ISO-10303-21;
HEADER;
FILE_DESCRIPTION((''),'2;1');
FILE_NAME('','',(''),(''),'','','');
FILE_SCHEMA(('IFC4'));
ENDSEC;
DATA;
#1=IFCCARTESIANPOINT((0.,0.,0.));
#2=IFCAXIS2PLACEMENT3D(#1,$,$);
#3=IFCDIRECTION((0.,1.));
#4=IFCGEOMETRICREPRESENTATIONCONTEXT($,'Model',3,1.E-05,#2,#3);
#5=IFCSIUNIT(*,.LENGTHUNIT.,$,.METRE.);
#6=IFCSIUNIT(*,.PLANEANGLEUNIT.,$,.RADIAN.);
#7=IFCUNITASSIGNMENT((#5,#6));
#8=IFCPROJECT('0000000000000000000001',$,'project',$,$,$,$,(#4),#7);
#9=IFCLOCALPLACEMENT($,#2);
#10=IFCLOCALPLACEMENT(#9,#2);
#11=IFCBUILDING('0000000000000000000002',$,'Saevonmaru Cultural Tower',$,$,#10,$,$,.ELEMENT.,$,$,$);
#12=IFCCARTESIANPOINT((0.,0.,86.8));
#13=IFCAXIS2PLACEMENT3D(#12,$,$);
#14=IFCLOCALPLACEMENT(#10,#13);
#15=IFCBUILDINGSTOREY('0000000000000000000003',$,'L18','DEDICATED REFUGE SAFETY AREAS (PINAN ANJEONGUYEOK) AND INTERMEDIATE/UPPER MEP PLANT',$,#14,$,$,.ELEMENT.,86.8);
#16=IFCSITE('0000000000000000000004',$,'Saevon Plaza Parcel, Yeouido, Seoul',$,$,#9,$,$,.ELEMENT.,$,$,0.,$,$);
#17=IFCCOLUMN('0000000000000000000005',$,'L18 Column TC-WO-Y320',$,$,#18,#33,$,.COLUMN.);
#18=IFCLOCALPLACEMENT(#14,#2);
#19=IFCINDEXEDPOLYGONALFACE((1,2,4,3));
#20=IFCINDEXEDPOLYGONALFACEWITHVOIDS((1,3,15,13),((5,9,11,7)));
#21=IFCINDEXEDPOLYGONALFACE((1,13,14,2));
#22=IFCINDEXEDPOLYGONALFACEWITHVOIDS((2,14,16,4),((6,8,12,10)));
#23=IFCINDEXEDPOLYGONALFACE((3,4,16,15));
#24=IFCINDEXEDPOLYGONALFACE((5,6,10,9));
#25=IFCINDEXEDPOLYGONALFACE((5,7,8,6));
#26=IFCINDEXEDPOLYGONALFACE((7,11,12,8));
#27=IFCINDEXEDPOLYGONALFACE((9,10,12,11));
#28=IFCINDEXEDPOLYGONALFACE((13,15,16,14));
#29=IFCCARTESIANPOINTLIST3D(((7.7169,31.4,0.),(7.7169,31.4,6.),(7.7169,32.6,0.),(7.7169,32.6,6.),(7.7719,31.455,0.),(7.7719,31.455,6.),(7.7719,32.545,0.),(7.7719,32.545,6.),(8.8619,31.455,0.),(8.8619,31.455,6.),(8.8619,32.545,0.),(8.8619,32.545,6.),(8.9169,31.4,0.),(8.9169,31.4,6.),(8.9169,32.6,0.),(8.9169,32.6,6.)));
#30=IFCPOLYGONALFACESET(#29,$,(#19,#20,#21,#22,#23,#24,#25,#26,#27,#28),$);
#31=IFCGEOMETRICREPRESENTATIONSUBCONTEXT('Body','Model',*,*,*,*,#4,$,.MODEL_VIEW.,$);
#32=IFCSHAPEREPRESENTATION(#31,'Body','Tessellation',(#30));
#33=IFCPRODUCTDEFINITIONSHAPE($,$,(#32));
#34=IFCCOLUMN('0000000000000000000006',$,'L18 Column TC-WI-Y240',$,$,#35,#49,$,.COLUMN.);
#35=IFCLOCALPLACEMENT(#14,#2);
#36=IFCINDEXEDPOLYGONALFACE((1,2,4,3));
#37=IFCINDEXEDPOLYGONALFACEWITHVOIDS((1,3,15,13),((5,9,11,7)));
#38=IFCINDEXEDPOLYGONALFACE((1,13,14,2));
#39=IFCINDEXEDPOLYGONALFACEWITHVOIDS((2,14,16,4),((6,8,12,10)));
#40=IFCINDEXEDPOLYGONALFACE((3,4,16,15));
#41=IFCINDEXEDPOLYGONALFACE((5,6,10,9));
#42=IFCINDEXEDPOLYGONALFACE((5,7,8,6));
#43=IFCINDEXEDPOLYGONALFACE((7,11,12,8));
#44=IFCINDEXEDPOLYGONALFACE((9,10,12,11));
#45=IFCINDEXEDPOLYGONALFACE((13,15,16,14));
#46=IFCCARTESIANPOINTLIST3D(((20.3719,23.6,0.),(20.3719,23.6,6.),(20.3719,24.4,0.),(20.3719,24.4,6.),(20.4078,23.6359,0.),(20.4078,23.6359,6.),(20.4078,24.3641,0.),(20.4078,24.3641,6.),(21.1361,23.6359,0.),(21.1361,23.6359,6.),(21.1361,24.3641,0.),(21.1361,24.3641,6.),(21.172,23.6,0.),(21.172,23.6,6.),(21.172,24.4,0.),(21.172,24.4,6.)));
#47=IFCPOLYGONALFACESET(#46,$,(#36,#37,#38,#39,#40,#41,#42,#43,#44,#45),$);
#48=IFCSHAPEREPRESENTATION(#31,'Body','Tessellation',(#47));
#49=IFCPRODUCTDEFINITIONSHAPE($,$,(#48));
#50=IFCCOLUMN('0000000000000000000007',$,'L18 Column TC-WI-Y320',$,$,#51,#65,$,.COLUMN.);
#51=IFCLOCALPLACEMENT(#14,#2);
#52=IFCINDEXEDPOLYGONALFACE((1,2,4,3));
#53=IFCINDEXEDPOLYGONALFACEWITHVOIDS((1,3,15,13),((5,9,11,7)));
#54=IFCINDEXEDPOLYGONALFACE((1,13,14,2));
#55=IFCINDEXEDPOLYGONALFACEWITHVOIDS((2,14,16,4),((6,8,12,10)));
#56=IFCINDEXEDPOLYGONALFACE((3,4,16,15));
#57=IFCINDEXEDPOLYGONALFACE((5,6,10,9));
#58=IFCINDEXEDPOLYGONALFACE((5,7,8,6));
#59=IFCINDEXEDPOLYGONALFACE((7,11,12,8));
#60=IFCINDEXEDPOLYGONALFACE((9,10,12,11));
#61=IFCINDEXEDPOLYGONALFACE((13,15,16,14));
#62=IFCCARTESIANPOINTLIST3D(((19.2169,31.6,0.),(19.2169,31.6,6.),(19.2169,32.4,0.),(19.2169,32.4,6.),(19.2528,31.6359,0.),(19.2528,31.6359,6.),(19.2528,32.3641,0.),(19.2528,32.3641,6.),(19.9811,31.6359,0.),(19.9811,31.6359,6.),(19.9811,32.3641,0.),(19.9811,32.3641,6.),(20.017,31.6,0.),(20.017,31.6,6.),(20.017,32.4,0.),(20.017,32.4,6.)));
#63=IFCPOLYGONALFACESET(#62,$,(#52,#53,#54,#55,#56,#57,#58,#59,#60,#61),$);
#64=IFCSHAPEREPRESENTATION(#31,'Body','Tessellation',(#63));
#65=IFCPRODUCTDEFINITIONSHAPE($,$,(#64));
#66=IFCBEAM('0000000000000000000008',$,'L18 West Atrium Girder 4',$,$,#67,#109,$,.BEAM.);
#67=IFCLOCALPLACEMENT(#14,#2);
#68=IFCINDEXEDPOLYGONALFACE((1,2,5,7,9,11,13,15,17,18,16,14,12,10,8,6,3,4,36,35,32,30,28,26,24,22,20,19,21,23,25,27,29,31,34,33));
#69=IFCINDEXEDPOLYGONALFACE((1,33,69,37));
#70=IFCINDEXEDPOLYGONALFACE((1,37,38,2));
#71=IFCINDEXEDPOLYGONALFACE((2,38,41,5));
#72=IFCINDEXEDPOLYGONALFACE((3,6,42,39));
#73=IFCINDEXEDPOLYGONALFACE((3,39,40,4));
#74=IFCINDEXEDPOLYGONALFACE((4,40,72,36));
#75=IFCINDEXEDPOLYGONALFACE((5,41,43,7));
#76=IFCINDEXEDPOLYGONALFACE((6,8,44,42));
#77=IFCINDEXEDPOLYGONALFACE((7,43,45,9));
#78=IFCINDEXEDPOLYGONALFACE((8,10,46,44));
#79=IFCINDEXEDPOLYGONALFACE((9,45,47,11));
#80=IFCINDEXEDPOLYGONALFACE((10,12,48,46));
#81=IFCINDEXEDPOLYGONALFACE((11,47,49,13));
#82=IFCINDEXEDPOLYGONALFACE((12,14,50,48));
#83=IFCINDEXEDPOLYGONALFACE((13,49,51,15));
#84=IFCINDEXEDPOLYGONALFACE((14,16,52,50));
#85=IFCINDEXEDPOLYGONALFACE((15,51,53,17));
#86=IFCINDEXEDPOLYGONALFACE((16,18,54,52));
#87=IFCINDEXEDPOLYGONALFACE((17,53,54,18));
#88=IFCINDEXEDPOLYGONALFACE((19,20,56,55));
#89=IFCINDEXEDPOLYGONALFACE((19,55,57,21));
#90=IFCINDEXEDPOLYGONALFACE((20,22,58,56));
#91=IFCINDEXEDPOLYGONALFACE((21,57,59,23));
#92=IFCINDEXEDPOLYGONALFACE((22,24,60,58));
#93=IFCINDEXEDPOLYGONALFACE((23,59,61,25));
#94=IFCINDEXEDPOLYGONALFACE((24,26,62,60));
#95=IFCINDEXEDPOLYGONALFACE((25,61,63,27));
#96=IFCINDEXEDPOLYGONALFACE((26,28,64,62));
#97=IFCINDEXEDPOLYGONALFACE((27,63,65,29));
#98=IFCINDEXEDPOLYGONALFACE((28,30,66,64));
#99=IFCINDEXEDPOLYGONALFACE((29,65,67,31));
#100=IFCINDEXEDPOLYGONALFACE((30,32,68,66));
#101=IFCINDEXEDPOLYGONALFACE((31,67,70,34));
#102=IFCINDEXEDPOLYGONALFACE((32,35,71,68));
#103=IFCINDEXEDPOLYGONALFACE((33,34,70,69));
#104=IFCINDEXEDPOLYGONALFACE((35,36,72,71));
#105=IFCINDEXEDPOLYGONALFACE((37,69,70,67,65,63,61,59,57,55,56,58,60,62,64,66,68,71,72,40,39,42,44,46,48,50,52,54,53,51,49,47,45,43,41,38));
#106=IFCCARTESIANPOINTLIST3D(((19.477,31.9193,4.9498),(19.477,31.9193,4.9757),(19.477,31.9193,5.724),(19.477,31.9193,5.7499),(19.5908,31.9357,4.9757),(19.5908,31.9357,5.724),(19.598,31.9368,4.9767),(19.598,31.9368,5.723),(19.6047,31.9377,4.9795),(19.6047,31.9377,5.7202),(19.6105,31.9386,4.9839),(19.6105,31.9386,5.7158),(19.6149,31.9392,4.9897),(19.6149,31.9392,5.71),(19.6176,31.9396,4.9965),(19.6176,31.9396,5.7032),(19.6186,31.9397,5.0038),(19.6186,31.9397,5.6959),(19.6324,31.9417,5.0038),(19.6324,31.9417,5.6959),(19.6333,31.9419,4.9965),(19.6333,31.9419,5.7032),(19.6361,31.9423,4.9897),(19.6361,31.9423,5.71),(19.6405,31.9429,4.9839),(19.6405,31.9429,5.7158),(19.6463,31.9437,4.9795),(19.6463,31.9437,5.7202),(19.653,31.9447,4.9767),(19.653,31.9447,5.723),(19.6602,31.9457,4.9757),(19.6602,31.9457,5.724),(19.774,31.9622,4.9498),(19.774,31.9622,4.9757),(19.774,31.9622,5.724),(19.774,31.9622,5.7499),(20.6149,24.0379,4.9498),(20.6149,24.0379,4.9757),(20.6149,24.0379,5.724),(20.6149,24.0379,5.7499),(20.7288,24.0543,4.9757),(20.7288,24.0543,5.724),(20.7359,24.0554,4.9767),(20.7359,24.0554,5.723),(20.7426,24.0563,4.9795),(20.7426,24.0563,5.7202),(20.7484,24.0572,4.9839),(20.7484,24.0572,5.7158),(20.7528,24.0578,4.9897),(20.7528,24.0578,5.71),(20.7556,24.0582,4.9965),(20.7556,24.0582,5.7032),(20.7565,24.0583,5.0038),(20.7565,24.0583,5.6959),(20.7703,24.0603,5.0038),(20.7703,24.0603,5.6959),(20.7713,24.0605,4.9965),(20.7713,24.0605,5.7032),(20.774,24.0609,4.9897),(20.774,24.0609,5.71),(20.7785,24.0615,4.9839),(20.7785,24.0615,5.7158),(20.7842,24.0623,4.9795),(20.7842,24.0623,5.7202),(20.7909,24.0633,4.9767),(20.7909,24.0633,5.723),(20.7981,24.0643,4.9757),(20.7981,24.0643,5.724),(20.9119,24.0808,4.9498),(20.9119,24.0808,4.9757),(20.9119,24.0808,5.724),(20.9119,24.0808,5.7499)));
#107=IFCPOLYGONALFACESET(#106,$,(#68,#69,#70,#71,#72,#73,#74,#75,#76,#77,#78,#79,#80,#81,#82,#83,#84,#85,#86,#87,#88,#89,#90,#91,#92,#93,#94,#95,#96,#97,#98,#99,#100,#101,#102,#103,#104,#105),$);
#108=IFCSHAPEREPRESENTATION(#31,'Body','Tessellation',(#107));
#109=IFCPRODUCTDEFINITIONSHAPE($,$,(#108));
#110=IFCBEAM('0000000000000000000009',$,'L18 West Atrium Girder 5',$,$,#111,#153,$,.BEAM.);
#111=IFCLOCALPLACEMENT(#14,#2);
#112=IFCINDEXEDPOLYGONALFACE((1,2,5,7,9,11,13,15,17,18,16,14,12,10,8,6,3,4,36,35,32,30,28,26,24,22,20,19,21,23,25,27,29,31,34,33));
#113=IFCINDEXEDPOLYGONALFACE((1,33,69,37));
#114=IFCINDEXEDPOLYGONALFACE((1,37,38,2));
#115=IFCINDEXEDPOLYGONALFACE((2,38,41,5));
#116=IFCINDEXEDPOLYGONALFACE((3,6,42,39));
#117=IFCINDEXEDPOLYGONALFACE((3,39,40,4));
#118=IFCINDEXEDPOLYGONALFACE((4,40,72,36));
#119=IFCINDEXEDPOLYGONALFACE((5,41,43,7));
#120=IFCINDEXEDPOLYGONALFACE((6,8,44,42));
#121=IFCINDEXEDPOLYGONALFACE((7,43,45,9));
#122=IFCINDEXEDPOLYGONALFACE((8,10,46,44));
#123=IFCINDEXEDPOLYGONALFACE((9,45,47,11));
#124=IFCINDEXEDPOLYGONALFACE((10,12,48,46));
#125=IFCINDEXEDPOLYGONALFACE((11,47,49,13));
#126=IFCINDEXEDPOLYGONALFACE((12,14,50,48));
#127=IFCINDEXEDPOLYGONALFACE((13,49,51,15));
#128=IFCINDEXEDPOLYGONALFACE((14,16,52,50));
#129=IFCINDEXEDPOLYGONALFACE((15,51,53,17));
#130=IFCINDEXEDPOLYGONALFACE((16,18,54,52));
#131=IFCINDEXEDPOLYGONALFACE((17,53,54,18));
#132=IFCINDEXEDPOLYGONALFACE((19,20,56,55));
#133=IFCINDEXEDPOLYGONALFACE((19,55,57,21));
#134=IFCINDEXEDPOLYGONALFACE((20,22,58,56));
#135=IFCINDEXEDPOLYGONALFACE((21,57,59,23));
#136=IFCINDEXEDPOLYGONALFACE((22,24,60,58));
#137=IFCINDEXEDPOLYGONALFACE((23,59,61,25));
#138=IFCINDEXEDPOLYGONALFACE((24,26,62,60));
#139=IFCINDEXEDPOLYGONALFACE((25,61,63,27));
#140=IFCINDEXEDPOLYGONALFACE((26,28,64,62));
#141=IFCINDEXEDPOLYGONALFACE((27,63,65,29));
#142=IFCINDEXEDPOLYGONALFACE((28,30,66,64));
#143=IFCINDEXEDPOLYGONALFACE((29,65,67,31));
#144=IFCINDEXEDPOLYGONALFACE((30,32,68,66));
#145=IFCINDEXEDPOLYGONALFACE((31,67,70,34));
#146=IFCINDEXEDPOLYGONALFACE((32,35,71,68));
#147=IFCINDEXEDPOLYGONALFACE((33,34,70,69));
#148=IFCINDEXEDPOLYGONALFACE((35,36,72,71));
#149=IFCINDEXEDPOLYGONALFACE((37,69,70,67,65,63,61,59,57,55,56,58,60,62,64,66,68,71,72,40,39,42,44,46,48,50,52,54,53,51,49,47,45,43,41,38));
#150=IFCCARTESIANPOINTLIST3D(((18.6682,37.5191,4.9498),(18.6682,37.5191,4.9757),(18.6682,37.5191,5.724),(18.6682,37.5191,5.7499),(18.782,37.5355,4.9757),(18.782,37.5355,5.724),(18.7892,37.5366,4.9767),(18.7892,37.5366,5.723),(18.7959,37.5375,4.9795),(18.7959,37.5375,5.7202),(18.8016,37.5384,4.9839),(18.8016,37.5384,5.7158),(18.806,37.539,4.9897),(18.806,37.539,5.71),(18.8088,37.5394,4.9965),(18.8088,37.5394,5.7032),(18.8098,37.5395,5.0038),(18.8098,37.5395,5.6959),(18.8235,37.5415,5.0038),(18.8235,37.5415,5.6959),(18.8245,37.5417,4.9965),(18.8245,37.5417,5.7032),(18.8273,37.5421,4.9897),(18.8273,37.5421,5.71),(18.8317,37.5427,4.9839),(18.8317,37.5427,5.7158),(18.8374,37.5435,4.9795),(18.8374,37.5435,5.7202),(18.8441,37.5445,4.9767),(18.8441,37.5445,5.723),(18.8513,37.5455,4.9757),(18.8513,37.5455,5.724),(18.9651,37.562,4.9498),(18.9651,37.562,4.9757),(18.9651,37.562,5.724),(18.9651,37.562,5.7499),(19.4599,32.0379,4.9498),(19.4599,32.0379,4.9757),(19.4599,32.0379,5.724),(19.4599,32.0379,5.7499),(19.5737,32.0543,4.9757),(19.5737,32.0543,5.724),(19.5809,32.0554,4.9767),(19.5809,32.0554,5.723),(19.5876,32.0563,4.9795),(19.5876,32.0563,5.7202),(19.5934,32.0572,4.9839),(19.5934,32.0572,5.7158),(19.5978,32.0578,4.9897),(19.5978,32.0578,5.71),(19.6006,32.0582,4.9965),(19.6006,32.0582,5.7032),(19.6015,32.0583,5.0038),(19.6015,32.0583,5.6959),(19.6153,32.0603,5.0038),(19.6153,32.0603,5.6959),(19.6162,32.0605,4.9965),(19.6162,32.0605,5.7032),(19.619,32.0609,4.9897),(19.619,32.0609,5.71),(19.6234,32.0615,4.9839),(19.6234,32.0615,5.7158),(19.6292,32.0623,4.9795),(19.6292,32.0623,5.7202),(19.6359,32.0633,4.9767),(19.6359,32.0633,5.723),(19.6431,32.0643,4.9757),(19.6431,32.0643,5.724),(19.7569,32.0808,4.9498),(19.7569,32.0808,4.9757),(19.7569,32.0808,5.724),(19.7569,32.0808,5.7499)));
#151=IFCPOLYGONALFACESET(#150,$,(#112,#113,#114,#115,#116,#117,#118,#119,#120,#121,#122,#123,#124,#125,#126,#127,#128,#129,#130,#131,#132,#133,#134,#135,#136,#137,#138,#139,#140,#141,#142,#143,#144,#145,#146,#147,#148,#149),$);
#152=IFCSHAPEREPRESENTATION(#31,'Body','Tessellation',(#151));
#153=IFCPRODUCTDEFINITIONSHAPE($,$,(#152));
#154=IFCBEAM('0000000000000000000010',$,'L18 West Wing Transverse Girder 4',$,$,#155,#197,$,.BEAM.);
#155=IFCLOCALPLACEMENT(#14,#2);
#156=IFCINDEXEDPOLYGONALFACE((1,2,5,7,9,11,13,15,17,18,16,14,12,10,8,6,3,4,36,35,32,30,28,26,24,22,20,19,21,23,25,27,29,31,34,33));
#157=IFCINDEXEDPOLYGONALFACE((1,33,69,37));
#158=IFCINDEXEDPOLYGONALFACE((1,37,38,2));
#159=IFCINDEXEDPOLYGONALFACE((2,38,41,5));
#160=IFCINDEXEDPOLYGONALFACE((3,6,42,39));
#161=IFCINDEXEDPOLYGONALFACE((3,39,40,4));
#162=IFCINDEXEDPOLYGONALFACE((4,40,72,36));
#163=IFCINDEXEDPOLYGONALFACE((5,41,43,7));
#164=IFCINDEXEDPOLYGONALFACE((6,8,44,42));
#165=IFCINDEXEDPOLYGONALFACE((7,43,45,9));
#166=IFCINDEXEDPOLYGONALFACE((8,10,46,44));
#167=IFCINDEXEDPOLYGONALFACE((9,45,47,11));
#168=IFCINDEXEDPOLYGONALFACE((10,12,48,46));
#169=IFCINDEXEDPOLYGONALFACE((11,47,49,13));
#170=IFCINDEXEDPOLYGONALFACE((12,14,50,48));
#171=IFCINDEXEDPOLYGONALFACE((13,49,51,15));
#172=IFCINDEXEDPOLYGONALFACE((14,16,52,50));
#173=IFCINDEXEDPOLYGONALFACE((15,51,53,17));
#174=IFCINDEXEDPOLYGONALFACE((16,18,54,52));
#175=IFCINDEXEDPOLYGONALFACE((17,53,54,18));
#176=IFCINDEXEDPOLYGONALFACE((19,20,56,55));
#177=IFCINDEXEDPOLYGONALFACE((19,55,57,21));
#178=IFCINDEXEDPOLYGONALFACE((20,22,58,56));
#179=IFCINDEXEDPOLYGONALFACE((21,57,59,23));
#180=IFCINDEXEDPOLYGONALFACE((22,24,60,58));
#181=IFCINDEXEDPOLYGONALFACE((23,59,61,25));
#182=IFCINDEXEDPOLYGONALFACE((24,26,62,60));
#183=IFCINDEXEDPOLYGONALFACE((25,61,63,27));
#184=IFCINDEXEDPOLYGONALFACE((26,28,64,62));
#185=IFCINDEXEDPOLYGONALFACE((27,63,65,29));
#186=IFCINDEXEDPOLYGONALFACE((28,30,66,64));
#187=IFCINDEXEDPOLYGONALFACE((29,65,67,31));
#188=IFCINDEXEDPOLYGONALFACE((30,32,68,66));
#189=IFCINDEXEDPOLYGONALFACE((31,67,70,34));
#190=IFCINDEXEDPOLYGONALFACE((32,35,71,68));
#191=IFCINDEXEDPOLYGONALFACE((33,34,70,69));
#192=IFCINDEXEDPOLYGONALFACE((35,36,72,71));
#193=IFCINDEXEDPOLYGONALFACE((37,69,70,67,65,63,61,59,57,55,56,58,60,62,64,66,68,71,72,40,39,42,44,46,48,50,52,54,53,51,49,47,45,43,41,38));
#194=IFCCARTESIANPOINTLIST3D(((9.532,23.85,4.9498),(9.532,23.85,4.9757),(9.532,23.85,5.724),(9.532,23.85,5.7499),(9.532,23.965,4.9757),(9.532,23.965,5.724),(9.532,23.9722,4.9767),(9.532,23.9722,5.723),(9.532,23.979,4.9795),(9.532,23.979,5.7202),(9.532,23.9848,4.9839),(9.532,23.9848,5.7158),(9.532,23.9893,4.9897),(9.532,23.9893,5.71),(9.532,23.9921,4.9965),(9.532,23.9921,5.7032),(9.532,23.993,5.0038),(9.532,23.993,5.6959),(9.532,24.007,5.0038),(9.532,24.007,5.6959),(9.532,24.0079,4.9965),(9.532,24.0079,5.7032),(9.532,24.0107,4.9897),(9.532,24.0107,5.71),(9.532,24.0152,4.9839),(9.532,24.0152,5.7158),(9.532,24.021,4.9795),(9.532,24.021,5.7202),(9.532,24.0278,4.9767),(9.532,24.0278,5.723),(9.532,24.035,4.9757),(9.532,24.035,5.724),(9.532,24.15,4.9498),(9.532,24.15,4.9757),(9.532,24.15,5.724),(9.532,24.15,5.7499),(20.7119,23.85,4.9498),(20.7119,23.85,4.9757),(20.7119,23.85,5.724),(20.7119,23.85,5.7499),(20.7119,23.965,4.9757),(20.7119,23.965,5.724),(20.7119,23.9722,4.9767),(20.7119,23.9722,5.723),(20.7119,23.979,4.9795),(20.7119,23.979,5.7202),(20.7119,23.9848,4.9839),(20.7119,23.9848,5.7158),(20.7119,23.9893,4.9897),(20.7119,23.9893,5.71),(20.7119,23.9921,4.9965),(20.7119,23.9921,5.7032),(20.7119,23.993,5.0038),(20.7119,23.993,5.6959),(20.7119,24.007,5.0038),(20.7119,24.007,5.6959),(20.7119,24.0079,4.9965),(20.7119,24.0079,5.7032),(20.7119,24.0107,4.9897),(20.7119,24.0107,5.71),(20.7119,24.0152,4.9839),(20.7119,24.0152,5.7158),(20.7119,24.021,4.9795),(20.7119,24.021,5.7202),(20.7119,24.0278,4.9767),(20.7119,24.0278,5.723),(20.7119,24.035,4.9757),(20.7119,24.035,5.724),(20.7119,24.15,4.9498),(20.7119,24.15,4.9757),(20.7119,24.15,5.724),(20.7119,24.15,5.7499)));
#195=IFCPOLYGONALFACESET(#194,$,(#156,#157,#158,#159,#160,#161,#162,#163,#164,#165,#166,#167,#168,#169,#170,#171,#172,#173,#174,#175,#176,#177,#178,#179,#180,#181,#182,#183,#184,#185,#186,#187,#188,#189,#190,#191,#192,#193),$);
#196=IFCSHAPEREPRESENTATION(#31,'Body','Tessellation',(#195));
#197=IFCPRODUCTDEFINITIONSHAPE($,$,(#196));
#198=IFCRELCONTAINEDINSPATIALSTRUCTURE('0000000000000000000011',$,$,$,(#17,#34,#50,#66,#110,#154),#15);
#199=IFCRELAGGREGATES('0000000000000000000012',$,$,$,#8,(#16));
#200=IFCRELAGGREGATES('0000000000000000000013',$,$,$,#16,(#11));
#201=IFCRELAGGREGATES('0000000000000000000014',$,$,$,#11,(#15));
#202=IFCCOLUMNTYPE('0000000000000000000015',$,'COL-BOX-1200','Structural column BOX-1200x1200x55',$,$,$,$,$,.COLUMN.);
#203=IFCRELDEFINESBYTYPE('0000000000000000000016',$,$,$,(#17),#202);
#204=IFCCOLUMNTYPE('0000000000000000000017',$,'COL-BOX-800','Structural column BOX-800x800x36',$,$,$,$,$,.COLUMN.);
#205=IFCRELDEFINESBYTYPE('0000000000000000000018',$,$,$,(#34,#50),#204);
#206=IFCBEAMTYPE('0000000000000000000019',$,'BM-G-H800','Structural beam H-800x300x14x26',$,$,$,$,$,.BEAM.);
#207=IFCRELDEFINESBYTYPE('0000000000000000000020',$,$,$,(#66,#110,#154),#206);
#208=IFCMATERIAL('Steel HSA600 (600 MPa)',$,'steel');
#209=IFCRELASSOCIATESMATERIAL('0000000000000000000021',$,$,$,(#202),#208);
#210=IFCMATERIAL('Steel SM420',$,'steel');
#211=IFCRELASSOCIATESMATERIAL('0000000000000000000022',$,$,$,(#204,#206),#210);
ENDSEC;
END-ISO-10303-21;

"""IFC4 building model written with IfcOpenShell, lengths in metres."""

from ifc_helpers import new_model, si_unit, direction, frame, origin, origin_2d, place, context, subcontext, project, spatial, hollow_rectangle, i_section, extrude, material, material_profile, profile_set, type_object, element, save


model = new_model("IFC4")

# Units and contexts
model_context = context("Model", 3, precision=1e-05, world=origin(), true_north=direction((0.0, 1.0)))
body_context = subcontext(model_context, "Body", "Model", "MODEL_VIEW")
ifc_project = project(units=[si_unit("LENGTHUNIT", "METRE"), si_unit("PLANEANGLEUNIT", "RADIAN")], contexts=[model_context])

# Site, building, storey
site_placement = place(None, origin())
site = spatial("IfcSite", under=ifc_project, at=site_placement, Name="Saevon Plaza Parcel, Yeouido, Seoul", CompositionType="ELEMENT", RefElevation=0.0)
building_placement = place(site_placement, origin())
building = spatial("IfcBuilding", under=site, at=building_placement, Name="Saevonmaru Cultural Tower", CompositionType="ELEMENT")
storey_placement = place(building_placement, frame((0.0, 0.0, 86.8)))
storey = spatial("IfcBuildingStorey", under=building, at=storey_placement, Name="L18", Description="DEDICATED REFUGE SAFETY AREAS (PINAN ANJEONGUYEOK) AND INTERMEDIATE/UPPER MEP PLANT", CompositionType="ELEMENT", Elevation=86.8)

# Columns
ifc_material_1 = material(Name="Steel HSA600 (600 MPa)", Category="steel")
ifc_material_profile_1 = material_profile(ifc_material_1, hollow_rectangle(XDim=1.2, YDim=1.2, WallThickness=0.0549, at=origin_2d()), Name="BOX-1200x1200x55")
ifc_profile_set_1 = profile_set([ifc_material_profile_1], Name="Steel HSA600 (600 MPa)")
column_type_1 = type_object("IfcColumnType", Name="COL-BOX-1200", Description="Structural column BOX-1200x1200x55", PredefinedType="COLUMN", material=ifc_profile_set_1)
column_placement = place(storey_placement, frame((8.3169, 32.0, 0.0), z_axis=(0.0, 0.0, 1.0), x_axis=(1.0, 0.0, 0.0)))
element("IfcColumn", 1, at=column_placement, inside=storey, type_object=column_type_1, Name="L18 Column TC-WO-Y320", PredefinedType="COLUMN", context=body_context, shape_type="SweptSolid", body=[
    extrude(hollow_rectangle(XDim=1.2, YDim=1.2, WallThickness=0.0549, at=origin_2d()), origin(), (0.0, 0.0, 1.0), 6.0),
])
ifc_material_2 = material(Name="Steel SM420", Category="steel")
ifc_material_profile_2 = material_profile(ifc_material_2, hollow_rectangle(XDim=0.8, YDim=0.8, WallThickness=0.0359, at=origin_2d()), Name="BOX-800x800x36")
ifc_profile_set_2 = profile_set([ifc_material_profile_2], Name="Steel SM420")
column_type_2 = type_object("IfcColumnType", Name="COL-BOX-800", Description="Structural column BOX-800x800x36", PredefinedType="COLUMN", material=ifc_profile_set_2)
for number, where, z_axis, x_axis, name in (
    (2, (20.772, 24.0, 0.0), (0.0, 0.0, 1.0), (1.0, 0.0, 0.0), "L18 Column TC-WI-Y240"),
    (3, (19.6169, 32.0, 0.0), (0.0, 0.0, 1.0), (1.0, 0.0, 0.0), "L18 Column TC-WI-Y320"),
):
    element("IfcColumn", number, at=place(storey_placement, frame(where, z_axis=z_axis, x_axis=x_axis)), inside=storey, type_object=column_type_2, Name=name, PredefinedType="COLUMN", context=body_context, shape_type="SweptSolid", body=[
        extrude(hollow_rectangle(XDim=0.8, YDim=0.8, WallThickness=0.0359, at=origin_2d()), origin(), (0.0, 0.0, 1.0), 6.0),
    ])

# Beams
ifc_material_profile_3 = material_profile(ifc_material_2, i_section(OverallWidth=0.3, OverallDepth=0.8, WebThickness=0.0139, FlangeThickness=0.0259, FilletRadius=0.0281, at=origin_2d()), Name="H-800x300x14x26")
ifc_profile_set_3 = profile_set([ifc_material_profile_3], Name="Steel SM420")
beam_type_1 = type_object("IfcBeamType", Name="BM-G-H800", Description="Structural beam H-800x300x14x26", PredefinedType="BEAM", material=ifc_profile_set_3)
beam_1_placement = place(storey_placement, frame((20.7634, 24.0593, 5.3499), z_axis=(-0.142902, 0.989737, 0.0), x_axis=(-0.989737, -0.142902, 0.0)))
element("IfcBeam", 4, at=beam_1_placement, inside=storey, type_object=beam_type_1, Name="L18 West Atrium Girder 4", PredefinedType="BEAM", context=body_context, shape_type="SweptSolid", body=[
    extrude(i_section(OverallWidth=0.3, OverallDepth=0.8, WebThickness=0.0139, FlangeThickness=0.0259, FilletRadius=0.0281, at=origin_2d()), origin(), (0.0, 0.0, 1.0), 7.9631),
])
beam_2_placement = place(storey_placement, frame((19.6084, 32.0593, 5.3499), z_axis=(-0.142964, 0.989728, 0.0), x_axis=(-0.989728, -0.142964, 0.0)))
element("IfcBeam", 5, at=beam_2_placement, inside=storey, type_object=beam_type_1, Name="L18 West Atrium Girder 5", PredefinedType="BEAM", context=body_context, shape_type="SweptSolid", body=[
    extrude(i_section(OverallWidth=0.3, OverallDepth=0.8, WebThickness=0.0139, FlangeThickness=0.0259, FilletRadius=0.0281, at=origin_2d()), origin(), (0.0, 0.0, 1.0), 5.5381),
])
for number, where, z_axis, x_axis, name in (
    (6, (9.532, 24.0, 5.3499), (1.0, 0.0, 0.0), (0.0, 1.0, 0.0), "L18 West Wing Transverse Girder 4"),
):
    element("IfcBeam", number, at=place(storey_placement, frame(where, z_axis=z_axis, x_axis=x_axis)), inside=storey, type_object=beam_type_1, Name=name, PredefinedType="BEAM", context=body_context, shape_type="SweptSolid", body=[
        extrude(i_section(OverallWidth=0.3, OverallDepth=0.8, WebThickness=0.0139, FlangeThickness=0.0259, FilletRadius=0.0281, at=origin_2d()), origin(), (0.0, 0.0, 1.0), 11.1799),
    ])

save(model, "model.ifc")
